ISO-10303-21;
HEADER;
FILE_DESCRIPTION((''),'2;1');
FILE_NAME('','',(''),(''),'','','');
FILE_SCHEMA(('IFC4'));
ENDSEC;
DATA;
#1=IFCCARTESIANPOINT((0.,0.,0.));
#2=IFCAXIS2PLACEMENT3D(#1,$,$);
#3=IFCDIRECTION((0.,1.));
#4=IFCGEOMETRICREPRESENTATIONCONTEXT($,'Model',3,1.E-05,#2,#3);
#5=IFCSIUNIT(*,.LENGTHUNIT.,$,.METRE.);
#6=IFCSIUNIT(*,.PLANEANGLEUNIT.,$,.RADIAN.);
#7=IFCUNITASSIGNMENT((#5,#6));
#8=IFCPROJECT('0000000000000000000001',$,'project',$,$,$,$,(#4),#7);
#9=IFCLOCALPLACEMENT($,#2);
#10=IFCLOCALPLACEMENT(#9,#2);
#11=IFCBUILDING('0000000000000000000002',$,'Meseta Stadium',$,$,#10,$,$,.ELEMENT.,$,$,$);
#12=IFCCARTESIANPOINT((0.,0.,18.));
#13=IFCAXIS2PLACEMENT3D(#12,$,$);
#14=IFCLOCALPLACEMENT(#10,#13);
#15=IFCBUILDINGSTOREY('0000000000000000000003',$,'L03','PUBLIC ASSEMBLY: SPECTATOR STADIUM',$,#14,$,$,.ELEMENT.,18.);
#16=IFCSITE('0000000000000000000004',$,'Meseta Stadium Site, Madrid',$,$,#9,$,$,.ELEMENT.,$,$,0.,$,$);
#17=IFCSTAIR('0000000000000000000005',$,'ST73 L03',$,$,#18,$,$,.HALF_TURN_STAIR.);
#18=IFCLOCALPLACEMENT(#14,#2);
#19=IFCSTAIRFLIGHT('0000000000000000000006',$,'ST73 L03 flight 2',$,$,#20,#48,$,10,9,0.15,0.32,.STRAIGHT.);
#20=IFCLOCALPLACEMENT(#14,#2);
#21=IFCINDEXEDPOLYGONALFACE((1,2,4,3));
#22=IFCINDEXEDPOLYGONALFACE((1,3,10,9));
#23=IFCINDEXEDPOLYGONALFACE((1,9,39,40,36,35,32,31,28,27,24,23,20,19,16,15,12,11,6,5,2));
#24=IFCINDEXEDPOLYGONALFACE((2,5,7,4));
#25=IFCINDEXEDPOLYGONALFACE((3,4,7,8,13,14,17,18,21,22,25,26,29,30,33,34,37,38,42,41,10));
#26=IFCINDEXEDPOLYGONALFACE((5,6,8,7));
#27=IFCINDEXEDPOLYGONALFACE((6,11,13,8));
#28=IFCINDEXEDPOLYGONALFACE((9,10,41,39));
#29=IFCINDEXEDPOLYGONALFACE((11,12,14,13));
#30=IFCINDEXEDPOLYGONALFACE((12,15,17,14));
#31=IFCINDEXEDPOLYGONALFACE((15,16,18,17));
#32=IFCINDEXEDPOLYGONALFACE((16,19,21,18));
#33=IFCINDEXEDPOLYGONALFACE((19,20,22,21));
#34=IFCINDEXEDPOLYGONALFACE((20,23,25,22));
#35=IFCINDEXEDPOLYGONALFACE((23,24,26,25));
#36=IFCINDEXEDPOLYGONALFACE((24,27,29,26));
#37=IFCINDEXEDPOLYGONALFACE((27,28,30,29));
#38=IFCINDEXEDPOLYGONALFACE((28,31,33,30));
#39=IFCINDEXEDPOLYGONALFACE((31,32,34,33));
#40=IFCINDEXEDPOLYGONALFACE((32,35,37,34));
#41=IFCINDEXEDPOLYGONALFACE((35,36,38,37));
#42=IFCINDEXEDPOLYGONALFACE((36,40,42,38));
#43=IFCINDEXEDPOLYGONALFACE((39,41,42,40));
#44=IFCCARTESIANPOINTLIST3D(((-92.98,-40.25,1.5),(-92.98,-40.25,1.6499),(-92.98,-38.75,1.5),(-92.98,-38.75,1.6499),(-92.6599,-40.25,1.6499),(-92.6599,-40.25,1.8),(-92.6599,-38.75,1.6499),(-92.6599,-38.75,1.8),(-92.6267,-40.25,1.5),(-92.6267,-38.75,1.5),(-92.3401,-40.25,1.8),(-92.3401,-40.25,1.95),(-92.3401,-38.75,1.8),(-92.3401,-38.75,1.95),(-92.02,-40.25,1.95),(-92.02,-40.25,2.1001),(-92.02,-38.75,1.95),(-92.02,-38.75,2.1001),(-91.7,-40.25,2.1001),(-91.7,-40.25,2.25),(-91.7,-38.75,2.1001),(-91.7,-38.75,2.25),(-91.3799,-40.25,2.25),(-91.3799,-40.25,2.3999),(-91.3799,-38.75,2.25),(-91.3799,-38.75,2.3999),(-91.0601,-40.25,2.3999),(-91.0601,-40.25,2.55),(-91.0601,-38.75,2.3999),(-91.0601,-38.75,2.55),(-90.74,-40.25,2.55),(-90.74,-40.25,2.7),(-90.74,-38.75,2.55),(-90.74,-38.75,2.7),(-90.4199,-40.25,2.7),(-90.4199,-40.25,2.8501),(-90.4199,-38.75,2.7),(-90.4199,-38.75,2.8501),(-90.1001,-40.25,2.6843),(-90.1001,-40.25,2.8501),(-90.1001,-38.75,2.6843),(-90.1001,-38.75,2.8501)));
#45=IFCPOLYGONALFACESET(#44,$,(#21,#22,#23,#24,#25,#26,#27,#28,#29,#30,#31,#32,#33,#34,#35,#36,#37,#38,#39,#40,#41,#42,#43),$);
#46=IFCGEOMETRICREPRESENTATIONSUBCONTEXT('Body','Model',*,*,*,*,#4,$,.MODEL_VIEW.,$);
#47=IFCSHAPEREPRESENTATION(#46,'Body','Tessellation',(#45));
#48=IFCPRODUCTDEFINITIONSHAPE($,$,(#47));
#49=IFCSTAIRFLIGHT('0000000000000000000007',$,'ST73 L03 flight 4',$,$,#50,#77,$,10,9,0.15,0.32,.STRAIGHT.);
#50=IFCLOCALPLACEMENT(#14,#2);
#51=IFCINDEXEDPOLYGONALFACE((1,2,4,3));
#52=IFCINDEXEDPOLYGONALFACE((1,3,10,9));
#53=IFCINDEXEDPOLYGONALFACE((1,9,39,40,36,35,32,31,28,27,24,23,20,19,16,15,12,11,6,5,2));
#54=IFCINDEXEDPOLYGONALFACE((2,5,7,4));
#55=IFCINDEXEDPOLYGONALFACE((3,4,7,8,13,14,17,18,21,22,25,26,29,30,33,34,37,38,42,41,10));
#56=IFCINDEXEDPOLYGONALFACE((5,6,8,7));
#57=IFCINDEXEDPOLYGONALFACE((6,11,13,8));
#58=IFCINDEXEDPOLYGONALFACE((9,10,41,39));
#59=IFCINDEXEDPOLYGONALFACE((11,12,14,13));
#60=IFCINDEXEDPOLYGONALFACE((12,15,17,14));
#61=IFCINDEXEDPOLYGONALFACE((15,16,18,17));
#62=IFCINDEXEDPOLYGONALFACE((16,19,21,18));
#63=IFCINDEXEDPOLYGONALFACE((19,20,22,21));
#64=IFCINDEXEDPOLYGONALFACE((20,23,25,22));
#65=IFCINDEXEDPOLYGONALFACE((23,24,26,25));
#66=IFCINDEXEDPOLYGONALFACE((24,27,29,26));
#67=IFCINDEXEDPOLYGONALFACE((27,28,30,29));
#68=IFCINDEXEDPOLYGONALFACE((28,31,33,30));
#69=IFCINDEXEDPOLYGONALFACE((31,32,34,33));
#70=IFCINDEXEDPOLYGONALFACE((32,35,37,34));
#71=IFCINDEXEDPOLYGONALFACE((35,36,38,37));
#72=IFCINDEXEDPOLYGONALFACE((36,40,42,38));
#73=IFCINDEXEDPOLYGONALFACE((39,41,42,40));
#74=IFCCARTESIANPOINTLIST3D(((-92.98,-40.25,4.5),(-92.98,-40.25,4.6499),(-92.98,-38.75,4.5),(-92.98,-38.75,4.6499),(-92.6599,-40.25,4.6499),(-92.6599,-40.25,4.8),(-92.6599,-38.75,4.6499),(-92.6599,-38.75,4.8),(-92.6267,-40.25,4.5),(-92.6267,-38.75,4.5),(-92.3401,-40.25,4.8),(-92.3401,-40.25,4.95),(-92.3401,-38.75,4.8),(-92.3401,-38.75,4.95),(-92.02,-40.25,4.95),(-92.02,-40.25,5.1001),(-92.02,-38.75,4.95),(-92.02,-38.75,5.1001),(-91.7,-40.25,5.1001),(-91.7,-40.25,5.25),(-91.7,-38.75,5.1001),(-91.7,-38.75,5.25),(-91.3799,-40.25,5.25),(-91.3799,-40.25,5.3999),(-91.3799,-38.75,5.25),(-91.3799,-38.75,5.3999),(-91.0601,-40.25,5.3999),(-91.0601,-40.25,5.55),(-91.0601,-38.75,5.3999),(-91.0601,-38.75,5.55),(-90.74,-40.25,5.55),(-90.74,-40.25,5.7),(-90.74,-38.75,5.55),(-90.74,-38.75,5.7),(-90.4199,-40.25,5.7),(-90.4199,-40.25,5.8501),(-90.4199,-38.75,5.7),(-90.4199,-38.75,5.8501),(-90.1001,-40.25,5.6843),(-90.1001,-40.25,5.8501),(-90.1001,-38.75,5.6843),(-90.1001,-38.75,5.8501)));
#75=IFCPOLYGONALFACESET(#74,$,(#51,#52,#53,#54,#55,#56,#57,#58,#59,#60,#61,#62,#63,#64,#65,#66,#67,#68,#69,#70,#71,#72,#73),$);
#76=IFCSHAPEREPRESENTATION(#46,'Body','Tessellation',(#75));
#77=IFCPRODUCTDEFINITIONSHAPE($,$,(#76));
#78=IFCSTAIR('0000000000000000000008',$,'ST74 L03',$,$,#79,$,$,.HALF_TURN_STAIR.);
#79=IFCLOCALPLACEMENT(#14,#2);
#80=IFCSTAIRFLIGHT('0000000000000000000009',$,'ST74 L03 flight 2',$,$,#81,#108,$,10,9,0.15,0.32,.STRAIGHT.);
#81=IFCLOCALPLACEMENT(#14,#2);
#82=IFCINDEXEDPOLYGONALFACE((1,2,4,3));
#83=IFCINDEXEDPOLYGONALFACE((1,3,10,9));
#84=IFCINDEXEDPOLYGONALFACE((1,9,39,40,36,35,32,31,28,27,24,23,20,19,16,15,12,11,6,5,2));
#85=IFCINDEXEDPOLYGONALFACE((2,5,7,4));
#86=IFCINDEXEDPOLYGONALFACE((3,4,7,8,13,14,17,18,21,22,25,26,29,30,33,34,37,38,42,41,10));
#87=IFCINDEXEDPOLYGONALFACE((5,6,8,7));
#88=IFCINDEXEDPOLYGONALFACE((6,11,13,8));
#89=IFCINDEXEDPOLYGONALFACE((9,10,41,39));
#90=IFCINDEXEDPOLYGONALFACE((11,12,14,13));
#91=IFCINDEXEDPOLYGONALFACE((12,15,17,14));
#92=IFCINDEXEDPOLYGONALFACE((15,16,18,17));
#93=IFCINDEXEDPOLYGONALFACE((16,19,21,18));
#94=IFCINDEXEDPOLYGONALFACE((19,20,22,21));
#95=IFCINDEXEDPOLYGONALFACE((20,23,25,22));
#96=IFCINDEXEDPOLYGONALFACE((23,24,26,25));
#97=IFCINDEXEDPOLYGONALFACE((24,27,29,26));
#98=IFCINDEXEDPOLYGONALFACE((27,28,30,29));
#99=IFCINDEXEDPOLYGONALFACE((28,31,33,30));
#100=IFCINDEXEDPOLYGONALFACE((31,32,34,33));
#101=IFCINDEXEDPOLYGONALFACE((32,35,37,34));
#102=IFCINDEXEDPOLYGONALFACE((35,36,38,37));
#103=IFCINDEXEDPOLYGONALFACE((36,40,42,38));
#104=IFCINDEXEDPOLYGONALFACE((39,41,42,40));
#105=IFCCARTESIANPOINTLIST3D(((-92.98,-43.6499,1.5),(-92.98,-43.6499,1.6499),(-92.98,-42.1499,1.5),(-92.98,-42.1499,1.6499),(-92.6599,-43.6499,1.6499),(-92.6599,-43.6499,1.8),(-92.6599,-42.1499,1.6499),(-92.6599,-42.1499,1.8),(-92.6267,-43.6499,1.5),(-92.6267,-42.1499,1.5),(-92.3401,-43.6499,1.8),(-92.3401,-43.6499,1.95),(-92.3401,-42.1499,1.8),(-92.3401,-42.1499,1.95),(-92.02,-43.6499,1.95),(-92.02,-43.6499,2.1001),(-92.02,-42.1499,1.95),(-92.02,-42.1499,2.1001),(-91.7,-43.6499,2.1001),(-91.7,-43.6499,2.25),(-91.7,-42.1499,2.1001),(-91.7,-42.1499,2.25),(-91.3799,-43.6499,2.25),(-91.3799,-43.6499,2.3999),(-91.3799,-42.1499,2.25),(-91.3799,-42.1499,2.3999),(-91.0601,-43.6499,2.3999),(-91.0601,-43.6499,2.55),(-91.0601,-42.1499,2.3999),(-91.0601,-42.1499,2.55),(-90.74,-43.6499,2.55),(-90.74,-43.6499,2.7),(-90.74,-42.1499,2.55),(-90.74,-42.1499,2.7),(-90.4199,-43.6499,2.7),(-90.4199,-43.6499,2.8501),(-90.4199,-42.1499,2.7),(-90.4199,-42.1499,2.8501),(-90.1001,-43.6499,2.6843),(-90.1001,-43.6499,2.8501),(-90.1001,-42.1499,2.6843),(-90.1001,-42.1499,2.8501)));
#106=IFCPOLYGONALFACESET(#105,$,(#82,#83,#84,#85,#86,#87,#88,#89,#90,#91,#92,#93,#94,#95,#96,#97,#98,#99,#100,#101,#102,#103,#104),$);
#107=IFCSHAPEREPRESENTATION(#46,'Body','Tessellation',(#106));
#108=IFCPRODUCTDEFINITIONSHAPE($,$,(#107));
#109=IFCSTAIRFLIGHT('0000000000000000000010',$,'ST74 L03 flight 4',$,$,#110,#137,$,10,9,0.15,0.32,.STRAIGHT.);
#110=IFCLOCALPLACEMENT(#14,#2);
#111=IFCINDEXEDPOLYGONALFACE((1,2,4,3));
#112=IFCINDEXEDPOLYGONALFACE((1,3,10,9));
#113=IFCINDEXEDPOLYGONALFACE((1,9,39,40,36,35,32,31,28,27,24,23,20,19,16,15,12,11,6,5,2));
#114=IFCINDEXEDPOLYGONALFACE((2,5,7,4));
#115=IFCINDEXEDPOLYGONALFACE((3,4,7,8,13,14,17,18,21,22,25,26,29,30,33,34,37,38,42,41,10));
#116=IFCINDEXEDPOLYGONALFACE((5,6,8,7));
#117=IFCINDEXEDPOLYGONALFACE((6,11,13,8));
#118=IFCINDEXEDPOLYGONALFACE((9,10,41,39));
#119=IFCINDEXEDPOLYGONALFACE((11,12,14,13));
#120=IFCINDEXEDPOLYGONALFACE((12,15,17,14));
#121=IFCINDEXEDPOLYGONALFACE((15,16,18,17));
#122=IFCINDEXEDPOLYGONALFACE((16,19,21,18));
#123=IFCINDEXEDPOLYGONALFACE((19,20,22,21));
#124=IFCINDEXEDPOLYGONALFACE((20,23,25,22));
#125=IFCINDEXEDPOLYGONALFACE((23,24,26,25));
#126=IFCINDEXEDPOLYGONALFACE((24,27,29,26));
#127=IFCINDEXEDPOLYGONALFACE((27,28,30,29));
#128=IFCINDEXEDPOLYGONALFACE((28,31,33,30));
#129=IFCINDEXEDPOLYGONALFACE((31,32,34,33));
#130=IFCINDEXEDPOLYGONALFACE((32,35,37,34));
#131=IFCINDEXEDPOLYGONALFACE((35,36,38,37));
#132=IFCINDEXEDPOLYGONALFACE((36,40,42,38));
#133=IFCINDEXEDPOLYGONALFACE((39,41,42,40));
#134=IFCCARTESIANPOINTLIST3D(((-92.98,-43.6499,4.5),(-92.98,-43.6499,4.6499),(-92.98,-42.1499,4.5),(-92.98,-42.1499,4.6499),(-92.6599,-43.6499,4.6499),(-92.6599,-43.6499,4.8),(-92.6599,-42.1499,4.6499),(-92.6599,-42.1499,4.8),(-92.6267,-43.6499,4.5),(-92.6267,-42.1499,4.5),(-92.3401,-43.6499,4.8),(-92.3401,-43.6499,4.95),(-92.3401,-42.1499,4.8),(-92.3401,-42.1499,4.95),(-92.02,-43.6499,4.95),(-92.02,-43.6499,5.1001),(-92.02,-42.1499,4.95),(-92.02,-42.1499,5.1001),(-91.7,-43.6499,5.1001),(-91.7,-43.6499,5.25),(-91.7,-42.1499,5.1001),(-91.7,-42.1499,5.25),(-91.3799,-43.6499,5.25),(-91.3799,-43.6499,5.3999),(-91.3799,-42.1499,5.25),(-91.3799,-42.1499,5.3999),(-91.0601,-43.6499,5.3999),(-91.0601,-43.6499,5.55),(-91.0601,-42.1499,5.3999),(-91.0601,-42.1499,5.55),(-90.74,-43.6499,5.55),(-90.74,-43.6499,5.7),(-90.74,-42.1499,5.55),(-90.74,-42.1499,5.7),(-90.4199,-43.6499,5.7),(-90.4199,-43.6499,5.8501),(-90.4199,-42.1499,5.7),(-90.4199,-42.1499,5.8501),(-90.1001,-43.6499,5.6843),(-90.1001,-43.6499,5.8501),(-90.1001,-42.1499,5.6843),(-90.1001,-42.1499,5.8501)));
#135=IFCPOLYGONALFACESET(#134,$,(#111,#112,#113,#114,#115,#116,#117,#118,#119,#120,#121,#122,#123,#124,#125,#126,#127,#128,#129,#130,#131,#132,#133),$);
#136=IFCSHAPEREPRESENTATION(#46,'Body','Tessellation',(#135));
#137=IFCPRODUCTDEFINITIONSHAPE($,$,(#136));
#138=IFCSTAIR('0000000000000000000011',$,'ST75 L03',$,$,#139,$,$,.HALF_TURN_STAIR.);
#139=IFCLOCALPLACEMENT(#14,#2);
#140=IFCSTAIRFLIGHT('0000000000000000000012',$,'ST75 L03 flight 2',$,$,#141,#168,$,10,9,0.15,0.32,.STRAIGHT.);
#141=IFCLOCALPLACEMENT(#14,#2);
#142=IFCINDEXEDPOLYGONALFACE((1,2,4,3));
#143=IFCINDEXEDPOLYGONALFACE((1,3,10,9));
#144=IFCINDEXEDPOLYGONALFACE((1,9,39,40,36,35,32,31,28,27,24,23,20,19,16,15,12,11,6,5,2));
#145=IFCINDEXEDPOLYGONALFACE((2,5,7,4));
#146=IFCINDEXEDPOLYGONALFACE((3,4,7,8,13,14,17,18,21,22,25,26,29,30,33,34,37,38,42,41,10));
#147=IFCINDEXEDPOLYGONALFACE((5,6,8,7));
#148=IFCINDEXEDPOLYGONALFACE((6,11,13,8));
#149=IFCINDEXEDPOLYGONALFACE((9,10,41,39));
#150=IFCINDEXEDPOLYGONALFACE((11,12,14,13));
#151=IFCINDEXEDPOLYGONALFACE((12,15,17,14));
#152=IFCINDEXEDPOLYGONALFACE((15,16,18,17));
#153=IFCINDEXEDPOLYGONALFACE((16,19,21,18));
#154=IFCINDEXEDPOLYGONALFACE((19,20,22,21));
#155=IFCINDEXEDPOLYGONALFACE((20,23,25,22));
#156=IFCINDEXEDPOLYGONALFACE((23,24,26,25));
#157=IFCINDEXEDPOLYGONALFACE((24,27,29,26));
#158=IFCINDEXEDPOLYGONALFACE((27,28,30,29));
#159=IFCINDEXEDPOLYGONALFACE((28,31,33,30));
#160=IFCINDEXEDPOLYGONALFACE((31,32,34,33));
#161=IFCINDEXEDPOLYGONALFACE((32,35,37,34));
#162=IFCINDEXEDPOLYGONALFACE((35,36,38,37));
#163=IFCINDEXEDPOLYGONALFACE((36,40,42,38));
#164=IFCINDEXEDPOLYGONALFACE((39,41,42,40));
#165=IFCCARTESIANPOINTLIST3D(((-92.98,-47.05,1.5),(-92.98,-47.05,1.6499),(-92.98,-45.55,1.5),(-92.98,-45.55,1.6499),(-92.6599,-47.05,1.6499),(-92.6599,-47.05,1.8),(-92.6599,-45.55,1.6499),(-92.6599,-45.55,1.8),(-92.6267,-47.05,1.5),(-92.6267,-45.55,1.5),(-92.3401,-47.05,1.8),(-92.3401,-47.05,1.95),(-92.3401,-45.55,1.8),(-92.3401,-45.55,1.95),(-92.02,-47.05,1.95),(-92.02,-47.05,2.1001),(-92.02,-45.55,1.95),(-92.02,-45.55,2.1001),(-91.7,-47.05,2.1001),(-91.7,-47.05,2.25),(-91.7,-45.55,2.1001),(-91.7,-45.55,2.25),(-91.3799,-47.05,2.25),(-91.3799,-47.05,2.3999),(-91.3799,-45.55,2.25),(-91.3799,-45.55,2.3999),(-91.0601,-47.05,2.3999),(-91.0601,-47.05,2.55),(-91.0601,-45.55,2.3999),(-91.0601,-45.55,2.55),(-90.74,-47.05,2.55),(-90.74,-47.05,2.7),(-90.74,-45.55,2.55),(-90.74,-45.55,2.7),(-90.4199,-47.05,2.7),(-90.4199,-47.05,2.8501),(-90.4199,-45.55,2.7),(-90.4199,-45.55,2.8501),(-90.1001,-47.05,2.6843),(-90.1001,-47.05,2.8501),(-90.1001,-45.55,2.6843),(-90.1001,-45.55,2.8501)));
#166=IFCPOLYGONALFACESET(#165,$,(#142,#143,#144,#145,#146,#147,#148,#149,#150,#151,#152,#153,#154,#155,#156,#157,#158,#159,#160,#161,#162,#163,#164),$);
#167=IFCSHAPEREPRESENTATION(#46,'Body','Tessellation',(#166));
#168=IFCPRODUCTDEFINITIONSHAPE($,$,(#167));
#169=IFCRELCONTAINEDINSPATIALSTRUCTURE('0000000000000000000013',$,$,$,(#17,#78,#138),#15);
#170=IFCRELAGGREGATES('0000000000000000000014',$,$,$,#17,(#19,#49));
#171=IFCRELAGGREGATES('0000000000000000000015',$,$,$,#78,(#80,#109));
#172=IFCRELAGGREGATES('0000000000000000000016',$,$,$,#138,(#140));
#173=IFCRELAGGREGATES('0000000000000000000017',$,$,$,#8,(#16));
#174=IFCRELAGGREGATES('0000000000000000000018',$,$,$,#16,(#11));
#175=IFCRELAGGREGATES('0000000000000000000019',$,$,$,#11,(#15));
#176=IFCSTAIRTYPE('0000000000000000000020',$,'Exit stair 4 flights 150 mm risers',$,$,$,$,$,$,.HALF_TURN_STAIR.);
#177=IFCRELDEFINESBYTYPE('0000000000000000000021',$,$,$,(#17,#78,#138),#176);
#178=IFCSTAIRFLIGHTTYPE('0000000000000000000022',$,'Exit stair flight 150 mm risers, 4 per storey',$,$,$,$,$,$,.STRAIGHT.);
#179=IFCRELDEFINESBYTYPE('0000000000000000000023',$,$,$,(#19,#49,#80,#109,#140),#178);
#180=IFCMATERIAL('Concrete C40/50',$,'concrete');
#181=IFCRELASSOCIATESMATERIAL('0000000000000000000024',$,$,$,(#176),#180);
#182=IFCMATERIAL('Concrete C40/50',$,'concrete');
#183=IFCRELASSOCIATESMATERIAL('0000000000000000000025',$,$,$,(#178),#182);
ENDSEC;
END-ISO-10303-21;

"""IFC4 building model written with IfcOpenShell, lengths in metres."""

from ifc_helpers import new_model, si_unit, direction, frame, origin, place, context, subcontext, project, spatial, polyline, outline, extrude, material, type_object, element, aggregate, save


model = new_model("IFC4")

# Units and contexts
model_context = context("Model", 3, precision=1e-05, world=origin(), true_north=direction((0.0, 1.0)))
body_context = subcontext(model_context, "Body", "Model", "MODEL_VIEW")
ifc_project = project(units=[si_unit("LENGTHUNIT", "METRE"), si_unit("PLANEANGLEUNIT", "RADIAN")], contexts=[model_context])

# Site, building, storey
site_placement = place(None, origin())
site = spatial("IfcSite", under=ifc_project, at=site_placement, Name="Meseta Stadium Site, Madrid", CompositionType="ELEMENT", RefElevation=0.0)
building_placement = place(site_placement, origin())
building = spatial("IfcBuilding", under=site, at=building_placement, Name="Meseta Stadium", CompositionType="ELEMENT")
storey_placement = place(building_placement, frame((0.0, 0.0, 18.0)))
storey = spatial("IfcBuildingStorey", under=building, at=storey_placement, Name="L03", Description="PUBLIC ASSEMBLY: SPECTATOR STADIUM", CompositionType="ELEMENT", Elevation=18.0)

# Stairs, stair flights
ifc_material_1 = material(Name="Concrete C40/50", Category="concrete")
stair_type = type_object("IfcStairType", Name="Exit stair 4 flights 150 mm risers", PredefinedType="HALF_TURN_STAIR", material=ifc_material_1)
stair_1_placement = place(storey_placement, origin())
stair_1 = element("IfcStair", 1, at=stair_1_placement, inside=storey, type_object=stair_type, Name="ST73 L03", PredefinedType="HALF_TURN_STAIR")
ifc_material_2 = material(Name="Concrete C40/50", Category="concrete")
stair_flight_type = type_object("IfcStairFlightType", Name="Exit stair flight 150 mm risers, 4 per storey", PredefinedType="STRAIGHT", material=ifc_material_2)
stair_flight_1_placement = place(storey_placement, frame((-92.98, -39.5, 1.5), z_axis=(0.0, 0.0, 1.0), x_axis=(1.0, 0.0, 0.0)))
stair_flight_1 = element("IfcStairFlight", 2, at=stair_flight_1_placement, type_object=stair_flight_type, Name="ST73 L03 flight 2", NumberOfRisers=10, NumberOfTreads=9, PredefinedType="STRAIGHT", RiserHeight=0.15, TreadLength=0.32, context=body_context, shape_type="SweptSolid", body=[
    extrude(outline(polyline([(0.0, 0.0), (0.0, 0.1499), (0.3201, 0.1499), (0.3201, 0.3), (0.6399, 0.3), (0.6399, 0.45), (0.96, 0.45), (0.96, 0.6001), (1.28, 0.6001), (1.28, 0.75), (1.6001, 0.75), (1.6001, 0.8999), (1.9199, 0.8999), (1.9199, 1.05), (2.24, 1.05), (2.24, 1.2), (2.5601, 1.2), (2.5601, 1.3501), (2.8799, 1.3501), (2.8799, 1.1843), (0.3533, 0.0), (0.0, 0.0)])), frame((0.0, 0.75, 0.0), z_axis=(0.0, -1.0, 0.0), x_axis=(1.0, 0.0, 0.0)), (0.0, 0.0, 1.0), 1.5),
])
stair_flight_2_placement = place(storey_placement, frame((-92.98, -39.5, 4.5), z_axis=(0.0, 0.0, 1.0), x_axis=(1.0, 0.0, 0.0)))
stair_flight_2 = element("IfcStairFlight", 3, at=stair_flight_2_placement, type_object=stair_flight_type, Name="ST73 L03 flight 4", NumberOfRisers=10, NumberOfTreads=9, PredefinedType="STRAIGHT", RiserHeight=0.15, TreadLength=0.32, context=body_context, shape_type="SweptSolid", body=[
    extrude(outline(polyline([(0.0, 0.0), (0.0, 0.1499), (0.3201, 0.1499), (0.3201, 0.3), (0.6399, 0.3), (0.6399, 0.45), (0.96, 0.45), (0.96, 0.6001), (1.28, 0.6001), (1.28, 0.75), (1.6001, 0.75), (1.6001, 0.8999), (1.9199, 0.8999), (1.9199, 1.05), (2.24, 1.05), (2.24, 1.2), (2.5601, 1.2), (2.5601, 1.3501), (2.8799, 1.3501), (2.8799, 1.1843), (0.3533, 0.0), (0.0, 0.0)])), frame((0.0, 0.75, 0.0), z_axis=(0.0, -1.0, 0.0), x_axis=(1.0, 0.0, 0.0)), (0.0, 0.0, 1.0), 1.5),
])
aggregate(stair_1, [stair_flight_1, stair_flight_2])
stair_2_placement = place(storey_placement, origin())
stair_2 = element("IfcStair", 4, at=stair_2_placement, inside=storey, type_object=stair_type, Name="ST74 L03", PredefinedType="HALF_TURN_STAIR")
stair_flight_3_placement = place(storey_placement, frame((-92.98, -42.8999, 1.5), z_axis=(0.0, 0.0, 1.0), x_axis=(1.0, 0.0, 0.0)))
stair_flight_3 = element("IfcStairFlight", 5, at=stair_flight_3_placement, type_object=stair_flight_type, Name="ST74 L03 flight 2", NumberOfRisers=10, NumberOfTreads=9, PredefinedType="STRAIGHT", RiserHeight=0.15, TreadLength=0.32, context=body_context, shape_type="SweptSolid", body=[
    extrude(outline(polyline([(0.0, 0.0), (0.0, 0.1499), (0.3201, 0.1499), (0.3201, 0.3), (0.6399, 0.3), (0.6399, 0.45), (0.96, 0.45), (0.96, 0.6001), (1.28, 0.6001), (1.28, 0.75), (1.6001, 0.75), (1.6001, 0.8999), (1.9199, 0.8999), (1.9199, 1.05), (2.24, 1.05), (2.24, 1.2), (2.5601, 1.2), (2.5601, 1.3501), (2.8799, 1.3501), (2.8799, 1.1843), (0.3533, 0.0), (0.0, 0.0)])), frame((0.0, 0.75, 0.0), z_axis=(0.0, -1.0, 0.0), x_axis=(1.0, 0.0, 0.0)), (0.0, 0.0, 1.0), 1.5),
])
stair_flight_4_placement = place(storey_placement, frame((-92.98, -42.8999, 4.5), z_axis=(0.0, 0.0, 1.0), x_axis=(1.0, 0.0, 0.0)))
stair_flight_4 = element("IfcStairFlight", 6, at=stair_flight_4_placement, type_object=stair_flight_type, Name="ST74 L03 flight 4", NumberOfRisers=10, NumberOfTreads=9, PredefinedType="STRAIGHT", RiserHeight=0.15, TreadLength=0.32, context=body_context, shape_type="SweptSolid", body=[
    extrude(outline(polyline([(0.0, 0.0), (0.0, 0.1499), (0.3201, 0.1499), (0.3201, 0.3), (0.6399, 0.3), (0.6399, 0.45), (0.96, 0.45), (0.96, 0.6001), (1.28, 0.6001), (1.28, 0.75), (1.6001, 0.75), (1.6001, 0.8999), (1.9199, 0.8999), (1.9199, 1.05), (2.24, 1.05), (2.24, 1.2), (2.5601, 1.2), (2.5601, 1.3501), (2.8799, 1.3501), (2.8799, 1.1843), (0.3533, 0.0), (0.0, 0.0)])), frame((0.0, 0.75, 0.0), z_axis=(0.0, -1.0, 0.0), x_axis=(1.0, 0.0, 0.0)), (0.0, 0.0, 1.0), 1.5),
])
aggregate(stair_2, [stair_flight_3, stair_flight_4])
stair_3_placement = place(storey_placement, origin())
stair_3 = element("IfcStair", 7, at=stair_3_placement, inside=storey, type_object=stair_type, Name="ST75 L03", PredefinedType="HALF_TURN_STAIR")
stair_flight_5_placement = place(storey_placement, frame((-92.98, -46.3, 1.5), z_axis=(0.0, 0.0, 1.0), x_axis=(1.0, 0.0, 0.0)))
stair_flight_5 = element("IfcStairFlight", 8, at=stair_flight_5_placement, type_object=stair_flight_type, Name="ST75 L03 flight 2", NumberOfRisers=10, NumberOfTreads=9, PredefinedType="STRAIGHT", RiserHeight=0.15, TreadLength=0.32, context=body_context, shape_type="SweptSolid", body=[
    extrude(outline(polyline([(0.0, 0.0), (0.0, 0.1499), (0.3201, 0.1499), (0.3201, 0.3), (0.6399, 0.3), (0.6399, 0.45), (0.96, 0.45), (0.96, 0.6001), (1.28, 0.6001), (1.28, 0.75), (1.6001, 0.75), (1.6001, 0.8999), (1.9199, 0.8999), (1.9199, 1.05), (2.24, 1.05), (2.24, 1.2), (2.5601, 1.2), (2.5601, 1.3501), (2.8799, 1.3501), (2.8799, 1.1843), (0.3533, 0.0), (0.0, 0.0)])), frame((0.0, 0.75, 0.0), z_axis=(0.0, -1.0, 0.0), x_axis=(1.0, 0.0, 0.0)), (0.0, 0.0, 1.0), 1.5),
])
aggregate(stair_3, [stair_flight_5])

save(model, "model.ifc")
